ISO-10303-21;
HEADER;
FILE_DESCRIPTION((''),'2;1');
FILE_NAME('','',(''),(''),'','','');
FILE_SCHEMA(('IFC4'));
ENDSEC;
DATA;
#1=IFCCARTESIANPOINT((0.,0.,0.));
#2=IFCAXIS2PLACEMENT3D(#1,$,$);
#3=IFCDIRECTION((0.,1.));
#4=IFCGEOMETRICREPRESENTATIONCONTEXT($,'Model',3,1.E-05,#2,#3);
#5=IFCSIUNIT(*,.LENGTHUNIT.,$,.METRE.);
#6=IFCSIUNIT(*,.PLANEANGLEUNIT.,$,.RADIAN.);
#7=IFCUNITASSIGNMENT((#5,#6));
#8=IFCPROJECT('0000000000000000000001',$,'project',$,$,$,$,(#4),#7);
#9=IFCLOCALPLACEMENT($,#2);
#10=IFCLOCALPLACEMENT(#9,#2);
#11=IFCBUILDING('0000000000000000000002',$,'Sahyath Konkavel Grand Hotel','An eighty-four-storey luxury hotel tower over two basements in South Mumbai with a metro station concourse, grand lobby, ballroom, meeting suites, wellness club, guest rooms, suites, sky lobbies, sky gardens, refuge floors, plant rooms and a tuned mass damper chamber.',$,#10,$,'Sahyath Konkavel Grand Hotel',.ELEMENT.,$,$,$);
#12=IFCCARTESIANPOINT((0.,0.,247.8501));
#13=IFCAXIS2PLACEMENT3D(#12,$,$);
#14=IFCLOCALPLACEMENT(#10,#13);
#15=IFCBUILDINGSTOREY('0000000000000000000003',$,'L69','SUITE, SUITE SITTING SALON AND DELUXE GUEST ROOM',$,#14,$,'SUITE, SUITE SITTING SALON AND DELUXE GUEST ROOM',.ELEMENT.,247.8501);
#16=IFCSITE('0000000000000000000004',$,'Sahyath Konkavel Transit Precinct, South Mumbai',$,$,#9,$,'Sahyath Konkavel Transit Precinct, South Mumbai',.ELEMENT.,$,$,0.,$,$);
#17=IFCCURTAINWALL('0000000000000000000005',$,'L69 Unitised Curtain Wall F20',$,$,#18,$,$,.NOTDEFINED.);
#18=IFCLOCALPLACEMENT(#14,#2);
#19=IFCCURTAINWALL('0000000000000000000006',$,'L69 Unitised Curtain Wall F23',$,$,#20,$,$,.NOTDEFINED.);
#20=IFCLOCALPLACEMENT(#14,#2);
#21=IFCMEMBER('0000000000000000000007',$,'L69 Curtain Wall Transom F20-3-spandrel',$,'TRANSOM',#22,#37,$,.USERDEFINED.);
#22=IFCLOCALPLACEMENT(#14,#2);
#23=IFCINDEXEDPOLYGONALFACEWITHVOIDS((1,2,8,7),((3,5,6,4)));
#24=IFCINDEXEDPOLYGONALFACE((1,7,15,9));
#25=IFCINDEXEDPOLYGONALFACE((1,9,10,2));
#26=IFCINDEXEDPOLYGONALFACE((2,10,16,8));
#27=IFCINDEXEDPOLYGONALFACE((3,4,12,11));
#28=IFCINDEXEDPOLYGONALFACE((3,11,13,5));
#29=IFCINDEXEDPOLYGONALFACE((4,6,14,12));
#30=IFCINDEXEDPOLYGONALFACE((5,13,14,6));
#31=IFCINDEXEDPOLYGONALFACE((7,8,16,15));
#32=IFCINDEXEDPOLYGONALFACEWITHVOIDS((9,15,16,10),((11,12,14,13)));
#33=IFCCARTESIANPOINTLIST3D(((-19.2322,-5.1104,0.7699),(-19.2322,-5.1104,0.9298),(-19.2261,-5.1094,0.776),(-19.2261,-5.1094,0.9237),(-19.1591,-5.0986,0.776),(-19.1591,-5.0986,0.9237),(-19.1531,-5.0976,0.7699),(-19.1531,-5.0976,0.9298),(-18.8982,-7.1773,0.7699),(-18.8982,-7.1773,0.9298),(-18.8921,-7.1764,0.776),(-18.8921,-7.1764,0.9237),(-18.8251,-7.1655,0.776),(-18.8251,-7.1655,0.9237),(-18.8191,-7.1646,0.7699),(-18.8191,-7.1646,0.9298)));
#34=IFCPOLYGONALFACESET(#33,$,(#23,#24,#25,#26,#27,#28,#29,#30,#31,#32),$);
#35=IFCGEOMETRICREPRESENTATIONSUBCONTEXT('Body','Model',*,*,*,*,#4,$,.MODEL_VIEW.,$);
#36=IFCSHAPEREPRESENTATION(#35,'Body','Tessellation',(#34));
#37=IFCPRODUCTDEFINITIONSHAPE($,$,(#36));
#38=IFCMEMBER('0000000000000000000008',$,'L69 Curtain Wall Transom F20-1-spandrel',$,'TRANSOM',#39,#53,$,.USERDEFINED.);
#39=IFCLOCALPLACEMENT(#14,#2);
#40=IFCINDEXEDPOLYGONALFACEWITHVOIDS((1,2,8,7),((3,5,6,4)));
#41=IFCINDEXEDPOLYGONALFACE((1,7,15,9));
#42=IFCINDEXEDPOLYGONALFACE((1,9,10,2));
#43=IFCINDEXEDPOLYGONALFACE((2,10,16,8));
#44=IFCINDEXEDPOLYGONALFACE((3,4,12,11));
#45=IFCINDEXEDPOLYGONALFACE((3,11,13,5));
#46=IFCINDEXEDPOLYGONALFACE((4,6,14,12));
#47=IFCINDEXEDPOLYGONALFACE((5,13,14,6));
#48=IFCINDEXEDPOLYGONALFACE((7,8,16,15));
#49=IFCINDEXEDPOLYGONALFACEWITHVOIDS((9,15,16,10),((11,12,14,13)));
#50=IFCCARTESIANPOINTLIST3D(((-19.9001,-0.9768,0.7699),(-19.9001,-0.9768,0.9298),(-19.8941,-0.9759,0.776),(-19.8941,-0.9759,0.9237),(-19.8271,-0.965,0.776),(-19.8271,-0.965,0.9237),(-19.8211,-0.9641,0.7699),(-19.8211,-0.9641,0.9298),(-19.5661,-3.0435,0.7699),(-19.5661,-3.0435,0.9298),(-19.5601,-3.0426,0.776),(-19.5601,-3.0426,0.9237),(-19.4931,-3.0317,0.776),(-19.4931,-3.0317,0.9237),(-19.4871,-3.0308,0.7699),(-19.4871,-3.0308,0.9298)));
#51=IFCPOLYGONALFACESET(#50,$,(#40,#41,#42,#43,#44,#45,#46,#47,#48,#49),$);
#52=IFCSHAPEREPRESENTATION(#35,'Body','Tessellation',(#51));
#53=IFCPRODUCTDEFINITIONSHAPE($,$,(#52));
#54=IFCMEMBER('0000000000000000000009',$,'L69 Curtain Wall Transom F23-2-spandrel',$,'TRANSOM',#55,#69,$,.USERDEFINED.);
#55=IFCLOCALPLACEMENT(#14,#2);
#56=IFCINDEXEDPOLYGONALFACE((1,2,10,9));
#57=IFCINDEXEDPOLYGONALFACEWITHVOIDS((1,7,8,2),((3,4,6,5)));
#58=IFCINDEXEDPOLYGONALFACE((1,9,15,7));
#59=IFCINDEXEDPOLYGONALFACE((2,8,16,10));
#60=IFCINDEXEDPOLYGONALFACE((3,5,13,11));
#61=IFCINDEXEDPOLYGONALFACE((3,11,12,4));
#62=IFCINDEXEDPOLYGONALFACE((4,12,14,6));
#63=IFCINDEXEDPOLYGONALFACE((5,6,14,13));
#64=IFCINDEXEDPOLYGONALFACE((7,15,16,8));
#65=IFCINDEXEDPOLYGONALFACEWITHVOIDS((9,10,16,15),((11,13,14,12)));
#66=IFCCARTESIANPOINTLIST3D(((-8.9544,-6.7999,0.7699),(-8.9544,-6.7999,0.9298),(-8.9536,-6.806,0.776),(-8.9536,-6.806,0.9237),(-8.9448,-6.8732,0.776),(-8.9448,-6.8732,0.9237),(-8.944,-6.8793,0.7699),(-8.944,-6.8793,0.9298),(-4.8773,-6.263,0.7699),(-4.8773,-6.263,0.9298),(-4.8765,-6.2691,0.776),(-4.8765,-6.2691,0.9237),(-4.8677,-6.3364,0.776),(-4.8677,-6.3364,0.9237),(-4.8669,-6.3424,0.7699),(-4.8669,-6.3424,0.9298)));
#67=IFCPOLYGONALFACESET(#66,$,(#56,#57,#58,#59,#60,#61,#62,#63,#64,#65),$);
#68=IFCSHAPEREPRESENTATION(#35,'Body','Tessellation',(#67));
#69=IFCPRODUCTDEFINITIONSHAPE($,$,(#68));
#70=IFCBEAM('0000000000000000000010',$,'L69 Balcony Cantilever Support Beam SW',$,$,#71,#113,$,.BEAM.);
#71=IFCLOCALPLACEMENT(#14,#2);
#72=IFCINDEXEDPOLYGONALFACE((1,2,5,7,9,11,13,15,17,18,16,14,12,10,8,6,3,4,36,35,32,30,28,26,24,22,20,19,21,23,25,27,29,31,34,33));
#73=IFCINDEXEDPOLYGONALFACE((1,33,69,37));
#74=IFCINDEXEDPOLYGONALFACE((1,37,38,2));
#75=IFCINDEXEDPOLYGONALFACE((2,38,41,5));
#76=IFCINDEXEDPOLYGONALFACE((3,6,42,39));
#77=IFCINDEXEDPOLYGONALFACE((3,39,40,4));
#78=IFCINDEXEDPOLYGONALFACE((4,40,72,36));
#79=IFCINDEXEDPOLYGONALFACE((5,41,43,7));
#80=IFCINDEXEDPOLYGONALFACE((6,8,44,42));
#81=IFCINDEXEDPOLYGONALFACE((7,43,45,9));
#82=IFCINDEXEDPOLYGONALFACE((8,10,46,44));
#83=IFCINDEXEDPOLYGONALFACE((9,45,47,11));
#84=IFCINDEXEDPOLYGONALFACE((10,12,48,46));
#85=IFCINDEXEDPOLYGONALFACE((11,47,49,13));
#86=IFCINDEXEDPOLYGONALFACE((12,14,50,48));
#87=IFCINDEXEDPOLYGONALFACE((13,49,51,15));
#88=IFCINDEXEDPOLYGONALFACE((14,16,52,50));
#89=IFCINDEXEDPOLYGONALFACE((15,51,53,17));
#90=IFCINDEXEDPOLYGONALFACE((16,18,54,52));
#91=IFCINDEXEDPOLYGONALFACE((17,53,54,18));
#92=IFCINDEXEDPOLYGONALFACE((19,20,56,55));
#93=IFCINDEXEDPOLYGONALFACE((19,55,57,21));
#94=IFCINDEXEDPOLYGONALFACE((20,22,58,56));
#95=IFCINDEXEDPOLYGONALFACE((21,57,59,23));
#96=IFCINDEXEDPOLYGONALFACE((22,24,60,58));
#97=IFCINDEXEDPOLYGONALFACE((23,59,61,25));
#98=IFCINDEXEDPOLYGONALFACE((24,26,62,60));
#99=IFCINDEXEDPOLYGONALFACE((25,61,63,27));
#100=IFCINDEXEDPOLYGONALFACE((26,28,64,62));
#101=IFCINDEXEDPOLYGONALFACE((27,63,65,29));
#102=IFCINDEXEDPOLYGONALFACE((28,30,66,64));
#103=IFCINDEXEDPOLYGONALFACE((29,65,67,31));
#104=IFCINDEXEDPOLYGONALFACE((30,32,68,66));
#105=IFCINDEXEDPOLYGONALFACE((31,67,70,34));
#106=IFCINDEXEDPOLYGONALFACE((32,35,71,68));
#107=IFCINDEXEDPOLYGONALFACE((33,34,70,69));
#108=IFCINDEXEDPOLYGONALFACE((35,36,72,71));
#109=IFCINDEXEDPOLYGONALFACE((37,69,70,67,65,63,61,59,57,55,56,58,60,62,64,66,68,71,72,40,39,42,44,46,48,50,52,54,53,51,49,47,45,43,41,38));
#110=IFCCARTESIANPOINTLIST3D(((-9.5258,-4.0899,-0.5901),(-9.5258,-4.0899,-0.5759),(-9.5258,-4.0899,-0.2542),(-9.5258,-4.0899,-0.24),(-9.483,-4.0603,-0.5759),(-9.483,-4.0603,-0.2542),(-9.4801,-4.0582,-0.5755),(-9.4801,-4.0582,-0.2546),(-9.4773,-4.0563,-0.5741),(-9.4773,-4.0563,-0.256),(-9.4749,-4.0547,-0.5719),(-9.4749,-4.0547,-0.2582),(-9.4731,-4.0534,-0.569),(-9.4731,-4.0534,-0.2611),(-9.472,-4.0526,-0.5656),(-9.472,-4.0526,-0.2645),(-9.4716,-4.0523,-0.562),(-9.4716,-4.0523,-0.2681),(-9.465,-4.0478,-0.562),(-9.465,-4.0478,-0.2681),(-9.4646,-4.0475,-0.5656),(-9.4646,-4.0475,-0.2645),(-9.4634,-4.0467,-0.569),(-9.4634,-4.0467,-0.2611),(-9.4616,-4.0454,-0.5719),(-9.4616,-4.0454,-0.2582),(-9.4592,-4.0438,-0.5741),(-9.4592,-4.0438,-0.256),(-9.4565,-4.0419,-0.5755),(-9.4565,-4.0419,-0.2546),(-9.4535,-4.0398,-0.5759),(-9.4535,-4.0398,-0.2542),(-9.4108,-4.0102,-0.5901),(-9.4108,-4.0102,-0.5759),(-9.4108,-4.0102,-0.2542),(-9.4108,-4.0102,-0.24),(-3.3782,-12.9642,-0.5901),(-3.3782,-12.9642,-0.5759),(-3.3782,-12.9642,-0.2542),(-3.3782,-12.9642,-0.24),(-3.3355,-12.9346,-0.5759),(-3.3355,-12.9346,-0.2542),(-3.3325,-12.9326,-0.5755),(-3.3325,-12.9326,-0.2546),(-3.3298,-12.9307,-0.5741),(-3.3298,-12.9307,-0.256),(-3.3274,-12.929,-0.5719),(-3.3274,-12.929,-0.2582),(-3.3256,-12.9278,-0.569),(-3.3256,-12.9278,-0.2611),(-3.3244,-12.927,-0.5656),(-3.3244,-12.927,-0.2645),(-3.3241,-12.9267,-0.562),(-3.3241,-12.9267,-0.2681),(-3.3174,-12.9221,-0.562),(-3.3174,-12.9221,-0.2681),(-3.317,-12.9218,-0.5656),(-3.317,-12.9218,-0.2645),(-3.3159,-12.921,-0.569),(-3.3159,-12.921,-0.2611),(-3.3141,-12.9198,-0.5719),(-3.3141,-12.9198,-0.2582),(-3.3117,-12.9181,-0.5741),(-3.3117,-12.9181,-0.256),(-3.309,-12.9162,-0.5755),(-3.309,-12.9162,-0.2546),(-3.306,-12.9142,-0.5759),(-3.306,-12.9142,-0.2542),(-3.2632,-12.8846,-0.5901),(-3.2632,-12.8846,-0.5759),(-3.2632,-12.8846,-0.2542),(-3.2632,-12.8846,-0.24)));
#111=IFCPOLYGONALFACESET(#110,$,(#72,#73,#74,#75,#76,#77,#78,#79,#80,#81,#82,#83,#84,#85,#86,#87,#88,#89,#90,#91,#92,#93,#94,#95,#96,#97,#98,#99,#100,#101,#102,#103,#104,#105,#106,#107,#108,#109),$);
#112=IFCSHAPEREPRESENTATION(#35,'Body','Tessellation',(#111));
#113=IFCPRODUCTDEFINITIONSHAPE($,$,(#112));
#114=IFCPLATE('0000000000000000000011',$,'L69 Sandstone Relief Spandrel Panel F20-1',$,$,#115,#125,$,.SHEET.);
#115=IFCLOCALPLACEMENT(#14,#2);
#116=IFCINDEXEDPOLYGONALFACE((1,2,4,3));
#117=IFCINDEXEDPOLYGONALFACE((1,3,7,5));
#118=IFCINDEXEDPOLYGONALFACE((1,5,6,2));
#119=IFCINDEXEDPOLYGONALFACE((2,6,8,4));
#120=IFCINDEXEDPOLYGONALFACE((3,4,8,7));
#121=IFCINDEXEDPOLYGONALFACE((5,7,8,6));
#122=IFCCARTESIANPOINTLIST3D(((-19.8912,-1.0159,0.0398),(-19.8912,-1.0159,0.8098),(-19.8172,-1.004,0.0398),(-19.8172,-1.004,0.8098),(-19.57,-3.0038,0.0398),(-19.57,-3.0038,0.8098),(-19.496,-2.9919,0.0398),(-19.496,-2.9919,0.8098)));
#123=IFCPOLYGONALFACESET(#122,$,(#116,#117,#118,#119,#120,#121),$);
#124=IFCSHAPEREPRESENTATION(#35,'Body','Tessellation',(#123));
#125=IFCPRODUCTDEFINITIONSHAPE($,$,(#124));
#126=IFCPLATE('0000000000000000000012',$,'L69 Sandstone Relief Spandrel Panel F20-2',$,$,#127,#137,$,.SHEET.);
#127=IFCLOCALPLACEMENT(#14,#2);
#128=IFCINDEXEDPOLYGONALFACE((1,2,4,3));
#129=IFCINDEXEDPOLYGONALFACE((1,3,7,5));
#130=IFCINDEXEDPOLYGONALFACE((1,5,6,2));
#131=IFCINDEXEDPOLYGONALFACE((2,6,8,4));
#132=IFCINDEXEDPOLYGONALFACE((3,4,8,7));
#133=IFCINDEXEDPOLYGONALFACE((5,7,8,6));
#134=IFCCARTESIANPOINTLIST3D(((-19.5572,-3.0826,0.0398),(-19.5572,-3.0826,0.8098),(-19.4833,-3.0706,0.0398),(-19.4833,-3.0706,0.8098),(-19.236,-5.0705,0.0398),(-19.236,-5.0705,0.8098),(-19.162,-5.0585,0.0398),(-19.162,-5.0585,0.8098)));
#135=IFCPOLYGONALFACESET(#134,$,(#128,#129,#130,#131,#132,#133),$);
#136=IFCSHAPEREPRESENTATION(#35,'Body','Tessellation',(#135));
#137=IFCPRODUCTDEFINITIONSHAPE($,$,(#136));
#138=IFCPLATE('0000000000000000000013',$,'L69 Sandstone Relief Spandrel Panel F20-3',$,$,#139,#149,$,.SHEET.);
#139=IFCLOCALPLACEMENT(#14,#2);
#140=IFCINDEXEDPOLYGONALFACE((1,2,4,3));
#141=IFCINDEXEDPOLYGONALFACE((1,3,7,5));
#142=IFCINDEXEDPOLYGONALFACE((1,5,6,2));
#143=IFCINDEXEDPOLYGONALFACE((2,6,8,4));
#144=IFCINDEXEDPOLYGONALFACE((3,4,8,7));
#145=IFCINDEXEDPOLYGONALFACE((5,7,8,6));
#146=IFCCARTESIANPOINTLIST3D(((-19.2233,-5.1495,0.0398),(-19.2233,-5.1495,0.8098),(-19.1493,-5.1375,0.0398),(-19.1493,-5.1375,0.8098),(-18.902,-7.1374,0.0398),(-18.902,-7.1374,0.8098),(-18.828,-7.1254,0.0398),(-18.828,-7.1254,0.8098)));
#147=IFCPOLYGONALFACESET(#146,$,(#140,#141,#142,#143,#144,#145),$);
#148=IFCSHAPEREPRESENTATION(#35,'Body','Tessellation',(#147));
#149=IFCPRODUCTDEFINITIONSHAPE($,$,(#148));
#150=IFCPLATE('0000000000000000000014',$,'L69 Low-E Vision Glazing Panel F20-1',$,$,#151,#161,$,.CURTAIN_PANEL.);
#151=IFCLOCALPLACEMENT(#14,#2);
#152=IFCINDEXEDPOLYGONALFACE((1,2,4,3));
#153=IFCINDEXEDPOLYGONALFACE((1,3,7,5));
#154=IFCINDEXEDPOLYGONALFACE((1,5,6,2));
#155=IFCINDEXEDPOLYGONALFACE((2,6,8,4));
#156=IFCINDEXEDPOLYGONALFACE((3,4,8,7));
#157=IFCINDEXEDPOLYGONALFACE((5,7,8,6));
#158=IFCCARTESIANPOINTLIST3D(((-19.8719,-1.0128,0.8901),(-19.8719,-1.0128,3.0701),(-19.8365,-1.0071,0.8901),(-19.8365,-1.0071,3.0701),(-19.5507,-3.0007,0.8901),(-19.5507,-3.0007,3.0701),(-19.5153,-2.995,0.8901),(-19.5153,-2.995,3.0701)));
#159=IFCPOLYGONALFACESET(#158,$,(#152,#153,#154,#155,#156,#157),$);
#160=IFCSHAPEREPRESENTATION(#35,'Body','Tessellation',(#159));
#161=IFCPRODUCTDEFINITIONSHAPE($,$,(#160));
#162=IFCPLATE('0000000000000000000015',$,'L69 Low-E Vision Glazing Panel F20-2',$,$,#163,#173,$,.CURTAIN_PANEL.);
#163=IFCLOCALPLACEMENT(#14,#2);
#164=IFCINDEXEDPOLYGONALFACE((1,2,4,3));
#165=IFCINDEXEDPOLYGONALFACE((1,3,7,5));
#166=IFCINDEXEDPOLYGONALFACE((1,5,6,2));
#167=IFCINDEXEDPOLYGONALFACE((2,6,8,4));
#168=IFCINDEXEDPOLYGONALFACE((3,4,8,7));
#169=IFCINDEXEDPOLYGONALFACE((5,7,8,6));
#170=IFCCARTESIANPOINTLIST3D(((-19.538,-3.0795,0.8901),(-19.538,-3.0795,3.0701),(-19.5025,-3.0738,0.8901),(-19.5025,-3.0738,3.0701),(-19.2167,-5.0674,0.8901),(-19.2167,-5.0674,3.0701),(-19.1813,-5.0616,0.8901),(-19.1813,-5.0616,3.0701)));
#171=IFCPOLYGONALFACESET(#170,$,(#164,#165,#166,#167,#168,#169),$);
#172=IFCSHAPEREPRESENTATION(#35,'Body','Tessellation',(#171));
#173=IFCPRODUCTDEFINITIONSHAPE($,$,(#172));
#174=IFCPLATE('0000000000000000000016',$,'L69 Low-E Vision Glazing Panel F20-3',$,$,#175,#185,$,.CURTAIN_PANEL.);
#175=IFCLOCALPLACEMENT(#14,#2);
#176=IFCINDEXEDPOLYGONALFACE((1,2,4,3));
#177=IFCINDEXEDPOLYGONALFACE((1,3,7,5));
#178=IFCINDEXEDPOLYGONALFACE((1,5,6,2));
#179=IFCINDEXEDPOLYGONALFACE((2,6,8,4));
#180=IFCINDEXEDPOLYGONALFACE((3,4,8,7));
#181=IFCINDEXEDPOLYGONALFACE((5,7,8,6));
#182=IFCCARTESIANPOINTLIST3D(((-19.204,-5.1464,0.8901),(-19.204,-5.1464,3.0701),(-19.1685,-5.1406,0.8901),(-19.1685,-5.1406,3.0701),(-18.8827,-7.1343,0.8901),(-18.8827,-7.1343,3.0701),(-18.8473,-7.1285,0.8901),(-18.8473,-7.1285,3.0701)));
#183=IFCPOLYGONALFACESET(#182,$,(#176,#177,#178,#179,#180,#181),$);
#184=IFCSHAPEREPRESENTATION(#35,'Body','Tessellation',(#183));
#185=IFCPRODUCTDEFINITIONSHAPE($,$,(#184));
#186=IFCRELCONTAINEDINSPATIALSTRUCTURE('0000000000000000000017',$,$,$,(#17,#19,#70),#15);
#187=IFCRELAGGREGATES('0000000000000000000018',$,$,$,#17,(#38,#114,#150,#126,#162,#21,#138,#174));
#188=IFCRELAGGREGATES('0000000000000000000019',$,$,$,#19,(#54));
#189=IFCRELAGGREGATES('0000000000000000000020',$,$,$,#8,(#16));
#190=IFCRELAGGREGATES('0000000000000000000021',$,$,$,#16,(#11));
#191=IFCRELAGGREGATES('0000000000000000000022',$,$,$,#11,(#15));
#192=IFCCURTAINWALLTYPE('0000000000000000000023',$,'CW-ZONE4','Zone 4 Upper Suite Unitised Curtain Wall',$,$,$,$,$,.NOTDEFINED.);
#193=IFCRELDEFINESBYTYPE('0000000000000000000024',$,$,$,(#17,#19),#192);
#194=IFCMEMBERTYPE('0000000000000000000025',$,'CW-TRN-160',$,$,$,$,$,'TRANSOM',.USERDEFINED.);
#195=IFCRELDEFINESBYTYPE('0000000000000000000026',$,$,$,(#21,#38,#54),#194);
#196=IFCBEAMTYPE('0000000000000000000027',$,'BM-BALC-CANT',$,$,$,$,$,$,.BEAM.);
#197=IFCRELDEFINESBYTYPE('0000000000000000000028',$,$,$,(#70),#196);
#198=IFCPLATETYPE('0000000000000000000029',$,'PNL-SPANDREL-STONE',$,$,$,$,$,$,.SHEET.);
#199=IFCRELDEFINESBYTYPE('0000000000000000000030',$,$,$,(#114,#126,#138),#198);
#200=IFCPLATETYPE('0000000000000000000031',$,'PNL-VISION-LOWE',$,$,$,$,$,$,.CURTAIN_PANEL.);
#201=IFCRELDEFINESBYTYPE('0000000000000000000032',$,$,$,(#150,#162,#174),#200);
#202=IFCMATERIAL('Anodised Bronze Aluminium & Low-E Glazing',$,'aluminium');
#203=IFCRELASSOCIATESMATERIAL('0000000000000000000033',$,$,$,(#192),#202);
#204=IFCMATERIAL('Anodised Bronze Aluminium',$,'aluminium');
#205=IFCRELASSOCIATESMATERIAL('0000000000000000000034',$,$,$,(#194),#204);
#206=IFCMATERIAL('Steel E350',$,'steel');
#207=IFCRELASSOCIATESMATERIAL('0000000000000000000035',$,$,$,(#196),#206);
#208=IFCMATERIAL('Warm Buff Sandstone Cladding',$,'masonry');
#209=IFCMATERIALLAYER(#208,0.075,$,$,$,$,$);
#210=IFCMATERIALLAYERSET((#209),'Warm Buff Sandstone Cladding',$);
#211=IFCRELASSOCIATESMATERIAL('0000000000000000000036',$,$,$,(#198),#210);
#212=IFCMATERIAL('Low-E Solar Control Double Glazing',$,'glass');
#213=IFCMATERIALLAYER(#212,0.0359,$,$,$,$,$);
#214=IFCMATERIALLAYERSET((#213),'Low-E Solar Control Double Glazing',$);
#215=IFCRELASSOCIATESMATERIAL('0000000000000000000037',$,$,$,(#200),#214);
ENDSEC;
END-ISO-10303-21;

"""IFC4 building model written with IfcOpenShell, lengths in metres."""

from ifc_helpers import new_model, si_unit, direction, frame, origin, origin_2d, place, context, subcontext, project, spatial, rectangle, hollow_rectangle, i_section, extrude, source, transform, mapped, material, layer, layer_set, material_profile, profile_set, type_object, element, aggregate, save


model = new_model("IFC4")

# Units and contexts
model_context = context("Model", 3, precision=1e-05, world=origin(), true_north=direction((0.0, 1.0)))
body_context = subcontext(model_context, "Body", "Model", "MODEL_VIEW")
ifc_project = project(units=[si_unit("LENGTHUNIT", "METRE"), si_unit("PLANEANGLEUNIT", "RADIAN")], contexts=[model_context])

# Site, building, storey
site_placement = place(None, origin())
site = spatial("IfcSite", under=ifc_project, at=site_placement, Name="Sahyath Konkavel Transit Precinct, South Mumbai", LongName="Sahyath Konkavel Transit Precinct, South Mumbai", CompositionType="ELEMENT", RefElevation=0.0)
building_placement = place(site_placement, origin())
building = spatial("IfcBuilding", under=site, at=building_placement, Name="Sahyath Konkavel Grand Hotel", Description="An eighty-four-storey luxury hotel tower over two basements in South Mumbai with a metro station concourse, grand lobby, ballroom, meeting suites, wellness club, guest rooms, suites, sky lobbies, sky gardens, refuge floors, plant rooms and a tuned mass damper chamber.", LongName="Sahyath Konkavel Grand Hotel", CompositionType="ELEMENT")
storey_placement = place(building_placement, frame((0.0, 0.0, 247.8501)))
storey = spatial("IfcBuildingStorey", under=building, at=storey_placement, Name="L69", Description="SUITE, SUITE SITTING SALON AND DELUXE GUEST ROOM", LongName="SUITE, SUITE SITTING SALON AND DELUXE GUEST ROOM", CompositionType="ELEMENT", Elevation=247.8501)

# Shared definitions
ifc_material_1 = material(Name="Steel E350", Category="steel")

# Curtain wall
ifc_material_2 = material(Name="Anodised Bronze Aluminium & Low-E Glazing", Category="aluminium")
curtain_wall_type = type_object("IfcCurtainWallType", Name="CW-ZONE4", Description="Zone 4 Upper Suite Unitised Curtain Wall", PredefinedType="NOTDEFINED", material=ifc_material_2)
curtain_wall_1_placement = place(storey_placement, origin())
curtain_wall_1 = element("IfcCurtainWall", 1, at=curtain_wall_1_placement, inside=storey, type_object=curtain_wall_type, Name="L69 Unitised Curtain Wall F20", PredefinedType="NOTDEFINED")
ifc_material_3 = material(Name="Anodised Bronze Aluminium", Category="aluminium")

# Curtain wall
curtain_wall_2_placement = place(storey_placement, origin())
curtain_wall_2 = element("IfcCurtainWall", 2, at=curtain_wall_2_placement, inside=storey, type_object=curtain_wall_type, Name="L69 Unitised Curtain Wall F23", PredefinedType="NOTDEFINED")

# Members
ifc_material_profile_1 = material_profile(ifc_material_3, hollow_rectangle(XDim=0.0801, YDim=0.1599, WallThickness=0.0061, at=origin_2d()), Name="RHS 160x80x6")
ifc_profile_set_1 = profile_set([ifc_material_profile_1], Name="Anodised Bronze Aluminium")
member_type_1 = type_object("IfcMemberType", Name="CW-TRN-160", ElementType="TRANSOM", PredefinedType="USERDEFINED", material=ifc_profile_set_1)
shared_shape_1 = source(origin(), body_context, "Body", "SweptSolid", [
    extrude(hollow_rectangle(XDim=0.0801, YDim=0.1599, WallThickness=0.0061, at=origin_2d()), origin(), (0.0, 0.0, 1.0), 2.0938),
])
member_1_placement = place(storey_placement, frame((-19.1926, -5.104, 0.8499), z_axis=(0.159518, -0.987195, 0.0), x_axis=(0.987195, 0.159518, 0.0)))
member_1 = element("IfcMember", 3, at=member_1_placement, type_object=member_type_1, Name="L69 Curtain Wall Transom F20-3-spandrel", ObjectType="TRANSOM", PredefinedType="USERDEFINED", context=body_context, shape_type="MappedRepresentation", body=[
    mapped(shared_shape_1, transform((0.0, 0.0, 0.0), scale=1.0)),
])
shared_shape_2 = source(origin(), body_context, "Body", "SweptSolid", [
    extrude(hollow_rectangle(XDim=0.0801, YDim=0.1599, WallThickness=0.0061, at=origin_2d()), origin(), (0.0, 0.0, 1.0), 2.0935),
])
member_2_placement = place(storey_placement, frame((-19.8606, -0.9705, 0.8499), z_axis=(0.159537, -0.987192, 0.0), x_axis=(0.987192, 0.159537, 0.0)))
member_2 = element("IfcMember", 4, at=member_2_placement, type_object=member_type_1, Name="L69 Curtain Wall Transom F20-1-spandrel", ObjectType="TRANSOM", PredefinedType="USERDEFINED", context=body_context, shape_type="MappedRepresentation", body=[
    mapped(shared_shape_2, transform((0.0, 0.0, 0.0), scale=1.0)),
])
shared_shape_3 = source(origin(), body_context, "Body", "SweptSolid", [
    extrude(hollow_rectangle(XDim=0.0801, YDim=0.1599, WallThickness=0.0061, at=origin_2d()), origin(), (0.0, 0.0, 1.0), 4.1123),
])
member_3_placement = place(storey_placement, frame((-8.9492, -6.8396, 0.8499), z_axis=(0.991442, 0.13055, 0.0), x_axis=(-0.13055, 0.991442, 0.0)))
member_3 = element("IfcMember", 5, at=member_3_placement, type_object=member_type_1, Name="L69 Curtain Wall Transom F23-2-spandrel", ObjectType="TRANSOM", PredefinedType="USERDEFINED", context=body_context, shape_type="MappedRepresentation", body=[
    mapped(shared_shape_3, transform((0.0, 0.0, 0.0), scale=1.0)),
])

# Beam
ifc_material_profile_2 = material_profile(ifc_material_1, i_section(OverallWidth=0.1399, OverallDepth=0.3501, WebThickness=0.0081, FlangeThickness=0.0142, FilletRadius=0.0139, at=origin_2d()), Name="ISMB 350")
ifc_profile_set_2 = profile_set([ifc_material_profile_2], Name="Steel E350")
beam_type_1 = type_object("IfcBeamType", Name="BM-BALC-CANT", PredefinedType="BEAM", material=ifc_profile_set_2)
shared_shape_4 = source(origin(), body_context, "Body", "SweptSolid", [
    extrude(i_section(OverallWidth=0.1399, OverallDepth=0.3501, WebThickness=0.0081, FlangeThickness=0.0142, FilletRadius=0.0139, at=origin_2d()), origin(), (0.0, 0.0, 1.0), 10.7957),
])
beam_1_placement = place(storey_placement, frame((-9.4683, -4.05, -0.415), z_axis=(0.569444, -0.82203, 0.0), x_axis=(0.82203, 0.569444, 0.0)))
element("IfcBeam", 6, at=beam_1_placement, inside=storey, type_object=beam_type_1, Name="L69 Balcony Cantilever Support Beam SW", PredefinedType="BEAM", context=body_context, shape_type="MappedRepresentation", body=[
    mapped(shared_shape_4, transform((0.0, 0.0, 0.0), scale=1.0)),
])

# Plates
ifc_material_4 = material(Name="Warm Buff Sandstone Cladding", Category="masonry")
ifc_layer_1 = layer(ifc_material_4, 0.075)
ifc_layer_set_1 = layer_set([ifc_layer_1], Name="Warm Buff Sandstone Cladding")
plate_type_1 = type_object("IfcPlateType", Name="PNL-SPANDREL-STONE", PredefinedType="SHEET", material=ifc_layer_set_1)
shared_shape_5 = source(origin(), body_context, "Body", "SweptSolid", [
    extrude(rectangle(XDim=2.0137, YDim=0.075, at=origin_2d()), origin(), (0.0, 0.0, 1.0), 0.77),
])
plate_1_placement = place(storey_placement, frame((-19.6936, -2.0039, 0.0398), z_axis=(0.0, 0.0, 1.0), x_axis=(0.159537, -0.987192, 0.0)))
plate_1 = element("IfcPlate", 7, at=plate_1_placement, type_object=plate_type_1, Name="L69 Sandstone Relief Spandrel Panel F20-1", PredefinedType="SHEET", context=body_context, shape_type="MappedRepresentation", body=[
    mapped(shared_shape_5, transform((0.0, 0.0, 0.0), scale=1.0)),
])
plate_2_placement = place(storey_placement, frame((-19.3596, -4.0706, 0.0398), z_axis=(0.0, 0.0, 1.0), x_axis=(0.159537, -0.987192, 0.0)))
plate_2 = element("IfcPlate", 8, at=plate_2_placement, type_object=plate_type_1, Name="L69 Sandstone Relief Spandrel Panel F20-2", PredefinedType="SHEET", context=body_context, shape_type="MappedRepresentation", body=[
    mapped(shared_shape_5, transform((0.0, 0.0, 0.0), scale=1.0)),
])
plate_3_placement = place(storey_placement, frame((-19.0256, -6.1375, 0.0398), z_axis=(0.0, 0.0, 1.0), x_axis=(0.159537, -0.987192, 0.0)))
plate_3 = element("IfcPlate", 9, at=plate_3_placement, type_object=plate_type_1, Name="L69 Sandstone Relief Spandrel Panel F20-3", PredefinedType="SHEET", context=body_context, shape_type="MappedRepresentation", body=[
    mapped(shared_shape_5, transform((0.0, 0.0, 0.0), scale=1.0)),
])
ifc_material_5 = material(Name="Low-E Solar Control Double Glazing", Category="glass")
ifc_layer_2 = layer(ifc_material_5, 0.0359)
ifc_layer_set_2 = layer_set([ifc_layer_2], Name="Low-E Solar Control Double Glazing")
plate_type_2 = type_object("IfcPlateType", Name="PNL-VISION-LOWE", PredefinedType="CURTAIN_PANEL", material=ifc_layer_set_2)
shared_shape_6 = source(origin(), body_context, "Body", "SweptSolid", [
    extrude(rectangle(XDim=2.0137, YDim=0.0359, at=origin_2d()), origin(), (0.0, 0.0, 1.0), 2.1799),
])
plate_4_placement = place(storey_placement, frame((-19.6936, -2.0039, 0.8901), z_axis=(0.0, 0.0, 1.0), x_axis=(0.159537, -0.987192, 0.0)))
plate_4 = element("IfcPlate", 10, at=plate_4_placement, type_object=plate_type_2, Name="L69 Low-E Vision Glazing Panel F20-1", PredefinedType="CURTAIN_PANEL", context=body_context, shape_type="MappedRepresentation", body=[
    mapped(shared_shape_6, transform((0.0, 0.0, 0.0), scale=1.0)),
])
plate_5_placement = place(storey_placement, frame((-19.3596, -4.0706, 0.8901), z_axis=(0.0, 0.0, 1.0), x_axis=(0.159537, -0.987192, 0.0)))
plate_5 = element("IfcPlate", 11, at=plate_5_placement, type_object=plate_type_2, Name="L69 Low-E Vision Glazing Panel F20-2", PredefinedType="CURTAIN_PANEL", context=body_context, shape_type="MappedRepresentation", body=[
    mapped(shared_shape_6, transform((0.0, 0.0, 0.0), scale=1.0)),
])
plate_6_placement = place(storey_placement, frame((-19.0256, -6.1375, 0.8901), z_axis=(0.0, 0.0, 1.0), x_axis=(0.159537, -0.987192, 0.0)))
plate_6 = element("IfcPlate", 12, at=plate_6_placement, type_object=plate_type_2, Name="L69 Low-E Vision Glazing Panel F20-3", PredefinedType="CURTAIN_PANEL", context=body_context, shape_type="MappedRepresentation", body=[
    mapped(shared_shape_6, transform((0.0, 0.0, 0.0), scale=1.0)),
])
aggregate(curtain_wall_1, [member_2, plate_1, plate_4, plate_2, plate_5, member_1, plate_3, plate_6])
aggregate(curtain_wall_2, [member_3])

save(model, "model.ifc")
